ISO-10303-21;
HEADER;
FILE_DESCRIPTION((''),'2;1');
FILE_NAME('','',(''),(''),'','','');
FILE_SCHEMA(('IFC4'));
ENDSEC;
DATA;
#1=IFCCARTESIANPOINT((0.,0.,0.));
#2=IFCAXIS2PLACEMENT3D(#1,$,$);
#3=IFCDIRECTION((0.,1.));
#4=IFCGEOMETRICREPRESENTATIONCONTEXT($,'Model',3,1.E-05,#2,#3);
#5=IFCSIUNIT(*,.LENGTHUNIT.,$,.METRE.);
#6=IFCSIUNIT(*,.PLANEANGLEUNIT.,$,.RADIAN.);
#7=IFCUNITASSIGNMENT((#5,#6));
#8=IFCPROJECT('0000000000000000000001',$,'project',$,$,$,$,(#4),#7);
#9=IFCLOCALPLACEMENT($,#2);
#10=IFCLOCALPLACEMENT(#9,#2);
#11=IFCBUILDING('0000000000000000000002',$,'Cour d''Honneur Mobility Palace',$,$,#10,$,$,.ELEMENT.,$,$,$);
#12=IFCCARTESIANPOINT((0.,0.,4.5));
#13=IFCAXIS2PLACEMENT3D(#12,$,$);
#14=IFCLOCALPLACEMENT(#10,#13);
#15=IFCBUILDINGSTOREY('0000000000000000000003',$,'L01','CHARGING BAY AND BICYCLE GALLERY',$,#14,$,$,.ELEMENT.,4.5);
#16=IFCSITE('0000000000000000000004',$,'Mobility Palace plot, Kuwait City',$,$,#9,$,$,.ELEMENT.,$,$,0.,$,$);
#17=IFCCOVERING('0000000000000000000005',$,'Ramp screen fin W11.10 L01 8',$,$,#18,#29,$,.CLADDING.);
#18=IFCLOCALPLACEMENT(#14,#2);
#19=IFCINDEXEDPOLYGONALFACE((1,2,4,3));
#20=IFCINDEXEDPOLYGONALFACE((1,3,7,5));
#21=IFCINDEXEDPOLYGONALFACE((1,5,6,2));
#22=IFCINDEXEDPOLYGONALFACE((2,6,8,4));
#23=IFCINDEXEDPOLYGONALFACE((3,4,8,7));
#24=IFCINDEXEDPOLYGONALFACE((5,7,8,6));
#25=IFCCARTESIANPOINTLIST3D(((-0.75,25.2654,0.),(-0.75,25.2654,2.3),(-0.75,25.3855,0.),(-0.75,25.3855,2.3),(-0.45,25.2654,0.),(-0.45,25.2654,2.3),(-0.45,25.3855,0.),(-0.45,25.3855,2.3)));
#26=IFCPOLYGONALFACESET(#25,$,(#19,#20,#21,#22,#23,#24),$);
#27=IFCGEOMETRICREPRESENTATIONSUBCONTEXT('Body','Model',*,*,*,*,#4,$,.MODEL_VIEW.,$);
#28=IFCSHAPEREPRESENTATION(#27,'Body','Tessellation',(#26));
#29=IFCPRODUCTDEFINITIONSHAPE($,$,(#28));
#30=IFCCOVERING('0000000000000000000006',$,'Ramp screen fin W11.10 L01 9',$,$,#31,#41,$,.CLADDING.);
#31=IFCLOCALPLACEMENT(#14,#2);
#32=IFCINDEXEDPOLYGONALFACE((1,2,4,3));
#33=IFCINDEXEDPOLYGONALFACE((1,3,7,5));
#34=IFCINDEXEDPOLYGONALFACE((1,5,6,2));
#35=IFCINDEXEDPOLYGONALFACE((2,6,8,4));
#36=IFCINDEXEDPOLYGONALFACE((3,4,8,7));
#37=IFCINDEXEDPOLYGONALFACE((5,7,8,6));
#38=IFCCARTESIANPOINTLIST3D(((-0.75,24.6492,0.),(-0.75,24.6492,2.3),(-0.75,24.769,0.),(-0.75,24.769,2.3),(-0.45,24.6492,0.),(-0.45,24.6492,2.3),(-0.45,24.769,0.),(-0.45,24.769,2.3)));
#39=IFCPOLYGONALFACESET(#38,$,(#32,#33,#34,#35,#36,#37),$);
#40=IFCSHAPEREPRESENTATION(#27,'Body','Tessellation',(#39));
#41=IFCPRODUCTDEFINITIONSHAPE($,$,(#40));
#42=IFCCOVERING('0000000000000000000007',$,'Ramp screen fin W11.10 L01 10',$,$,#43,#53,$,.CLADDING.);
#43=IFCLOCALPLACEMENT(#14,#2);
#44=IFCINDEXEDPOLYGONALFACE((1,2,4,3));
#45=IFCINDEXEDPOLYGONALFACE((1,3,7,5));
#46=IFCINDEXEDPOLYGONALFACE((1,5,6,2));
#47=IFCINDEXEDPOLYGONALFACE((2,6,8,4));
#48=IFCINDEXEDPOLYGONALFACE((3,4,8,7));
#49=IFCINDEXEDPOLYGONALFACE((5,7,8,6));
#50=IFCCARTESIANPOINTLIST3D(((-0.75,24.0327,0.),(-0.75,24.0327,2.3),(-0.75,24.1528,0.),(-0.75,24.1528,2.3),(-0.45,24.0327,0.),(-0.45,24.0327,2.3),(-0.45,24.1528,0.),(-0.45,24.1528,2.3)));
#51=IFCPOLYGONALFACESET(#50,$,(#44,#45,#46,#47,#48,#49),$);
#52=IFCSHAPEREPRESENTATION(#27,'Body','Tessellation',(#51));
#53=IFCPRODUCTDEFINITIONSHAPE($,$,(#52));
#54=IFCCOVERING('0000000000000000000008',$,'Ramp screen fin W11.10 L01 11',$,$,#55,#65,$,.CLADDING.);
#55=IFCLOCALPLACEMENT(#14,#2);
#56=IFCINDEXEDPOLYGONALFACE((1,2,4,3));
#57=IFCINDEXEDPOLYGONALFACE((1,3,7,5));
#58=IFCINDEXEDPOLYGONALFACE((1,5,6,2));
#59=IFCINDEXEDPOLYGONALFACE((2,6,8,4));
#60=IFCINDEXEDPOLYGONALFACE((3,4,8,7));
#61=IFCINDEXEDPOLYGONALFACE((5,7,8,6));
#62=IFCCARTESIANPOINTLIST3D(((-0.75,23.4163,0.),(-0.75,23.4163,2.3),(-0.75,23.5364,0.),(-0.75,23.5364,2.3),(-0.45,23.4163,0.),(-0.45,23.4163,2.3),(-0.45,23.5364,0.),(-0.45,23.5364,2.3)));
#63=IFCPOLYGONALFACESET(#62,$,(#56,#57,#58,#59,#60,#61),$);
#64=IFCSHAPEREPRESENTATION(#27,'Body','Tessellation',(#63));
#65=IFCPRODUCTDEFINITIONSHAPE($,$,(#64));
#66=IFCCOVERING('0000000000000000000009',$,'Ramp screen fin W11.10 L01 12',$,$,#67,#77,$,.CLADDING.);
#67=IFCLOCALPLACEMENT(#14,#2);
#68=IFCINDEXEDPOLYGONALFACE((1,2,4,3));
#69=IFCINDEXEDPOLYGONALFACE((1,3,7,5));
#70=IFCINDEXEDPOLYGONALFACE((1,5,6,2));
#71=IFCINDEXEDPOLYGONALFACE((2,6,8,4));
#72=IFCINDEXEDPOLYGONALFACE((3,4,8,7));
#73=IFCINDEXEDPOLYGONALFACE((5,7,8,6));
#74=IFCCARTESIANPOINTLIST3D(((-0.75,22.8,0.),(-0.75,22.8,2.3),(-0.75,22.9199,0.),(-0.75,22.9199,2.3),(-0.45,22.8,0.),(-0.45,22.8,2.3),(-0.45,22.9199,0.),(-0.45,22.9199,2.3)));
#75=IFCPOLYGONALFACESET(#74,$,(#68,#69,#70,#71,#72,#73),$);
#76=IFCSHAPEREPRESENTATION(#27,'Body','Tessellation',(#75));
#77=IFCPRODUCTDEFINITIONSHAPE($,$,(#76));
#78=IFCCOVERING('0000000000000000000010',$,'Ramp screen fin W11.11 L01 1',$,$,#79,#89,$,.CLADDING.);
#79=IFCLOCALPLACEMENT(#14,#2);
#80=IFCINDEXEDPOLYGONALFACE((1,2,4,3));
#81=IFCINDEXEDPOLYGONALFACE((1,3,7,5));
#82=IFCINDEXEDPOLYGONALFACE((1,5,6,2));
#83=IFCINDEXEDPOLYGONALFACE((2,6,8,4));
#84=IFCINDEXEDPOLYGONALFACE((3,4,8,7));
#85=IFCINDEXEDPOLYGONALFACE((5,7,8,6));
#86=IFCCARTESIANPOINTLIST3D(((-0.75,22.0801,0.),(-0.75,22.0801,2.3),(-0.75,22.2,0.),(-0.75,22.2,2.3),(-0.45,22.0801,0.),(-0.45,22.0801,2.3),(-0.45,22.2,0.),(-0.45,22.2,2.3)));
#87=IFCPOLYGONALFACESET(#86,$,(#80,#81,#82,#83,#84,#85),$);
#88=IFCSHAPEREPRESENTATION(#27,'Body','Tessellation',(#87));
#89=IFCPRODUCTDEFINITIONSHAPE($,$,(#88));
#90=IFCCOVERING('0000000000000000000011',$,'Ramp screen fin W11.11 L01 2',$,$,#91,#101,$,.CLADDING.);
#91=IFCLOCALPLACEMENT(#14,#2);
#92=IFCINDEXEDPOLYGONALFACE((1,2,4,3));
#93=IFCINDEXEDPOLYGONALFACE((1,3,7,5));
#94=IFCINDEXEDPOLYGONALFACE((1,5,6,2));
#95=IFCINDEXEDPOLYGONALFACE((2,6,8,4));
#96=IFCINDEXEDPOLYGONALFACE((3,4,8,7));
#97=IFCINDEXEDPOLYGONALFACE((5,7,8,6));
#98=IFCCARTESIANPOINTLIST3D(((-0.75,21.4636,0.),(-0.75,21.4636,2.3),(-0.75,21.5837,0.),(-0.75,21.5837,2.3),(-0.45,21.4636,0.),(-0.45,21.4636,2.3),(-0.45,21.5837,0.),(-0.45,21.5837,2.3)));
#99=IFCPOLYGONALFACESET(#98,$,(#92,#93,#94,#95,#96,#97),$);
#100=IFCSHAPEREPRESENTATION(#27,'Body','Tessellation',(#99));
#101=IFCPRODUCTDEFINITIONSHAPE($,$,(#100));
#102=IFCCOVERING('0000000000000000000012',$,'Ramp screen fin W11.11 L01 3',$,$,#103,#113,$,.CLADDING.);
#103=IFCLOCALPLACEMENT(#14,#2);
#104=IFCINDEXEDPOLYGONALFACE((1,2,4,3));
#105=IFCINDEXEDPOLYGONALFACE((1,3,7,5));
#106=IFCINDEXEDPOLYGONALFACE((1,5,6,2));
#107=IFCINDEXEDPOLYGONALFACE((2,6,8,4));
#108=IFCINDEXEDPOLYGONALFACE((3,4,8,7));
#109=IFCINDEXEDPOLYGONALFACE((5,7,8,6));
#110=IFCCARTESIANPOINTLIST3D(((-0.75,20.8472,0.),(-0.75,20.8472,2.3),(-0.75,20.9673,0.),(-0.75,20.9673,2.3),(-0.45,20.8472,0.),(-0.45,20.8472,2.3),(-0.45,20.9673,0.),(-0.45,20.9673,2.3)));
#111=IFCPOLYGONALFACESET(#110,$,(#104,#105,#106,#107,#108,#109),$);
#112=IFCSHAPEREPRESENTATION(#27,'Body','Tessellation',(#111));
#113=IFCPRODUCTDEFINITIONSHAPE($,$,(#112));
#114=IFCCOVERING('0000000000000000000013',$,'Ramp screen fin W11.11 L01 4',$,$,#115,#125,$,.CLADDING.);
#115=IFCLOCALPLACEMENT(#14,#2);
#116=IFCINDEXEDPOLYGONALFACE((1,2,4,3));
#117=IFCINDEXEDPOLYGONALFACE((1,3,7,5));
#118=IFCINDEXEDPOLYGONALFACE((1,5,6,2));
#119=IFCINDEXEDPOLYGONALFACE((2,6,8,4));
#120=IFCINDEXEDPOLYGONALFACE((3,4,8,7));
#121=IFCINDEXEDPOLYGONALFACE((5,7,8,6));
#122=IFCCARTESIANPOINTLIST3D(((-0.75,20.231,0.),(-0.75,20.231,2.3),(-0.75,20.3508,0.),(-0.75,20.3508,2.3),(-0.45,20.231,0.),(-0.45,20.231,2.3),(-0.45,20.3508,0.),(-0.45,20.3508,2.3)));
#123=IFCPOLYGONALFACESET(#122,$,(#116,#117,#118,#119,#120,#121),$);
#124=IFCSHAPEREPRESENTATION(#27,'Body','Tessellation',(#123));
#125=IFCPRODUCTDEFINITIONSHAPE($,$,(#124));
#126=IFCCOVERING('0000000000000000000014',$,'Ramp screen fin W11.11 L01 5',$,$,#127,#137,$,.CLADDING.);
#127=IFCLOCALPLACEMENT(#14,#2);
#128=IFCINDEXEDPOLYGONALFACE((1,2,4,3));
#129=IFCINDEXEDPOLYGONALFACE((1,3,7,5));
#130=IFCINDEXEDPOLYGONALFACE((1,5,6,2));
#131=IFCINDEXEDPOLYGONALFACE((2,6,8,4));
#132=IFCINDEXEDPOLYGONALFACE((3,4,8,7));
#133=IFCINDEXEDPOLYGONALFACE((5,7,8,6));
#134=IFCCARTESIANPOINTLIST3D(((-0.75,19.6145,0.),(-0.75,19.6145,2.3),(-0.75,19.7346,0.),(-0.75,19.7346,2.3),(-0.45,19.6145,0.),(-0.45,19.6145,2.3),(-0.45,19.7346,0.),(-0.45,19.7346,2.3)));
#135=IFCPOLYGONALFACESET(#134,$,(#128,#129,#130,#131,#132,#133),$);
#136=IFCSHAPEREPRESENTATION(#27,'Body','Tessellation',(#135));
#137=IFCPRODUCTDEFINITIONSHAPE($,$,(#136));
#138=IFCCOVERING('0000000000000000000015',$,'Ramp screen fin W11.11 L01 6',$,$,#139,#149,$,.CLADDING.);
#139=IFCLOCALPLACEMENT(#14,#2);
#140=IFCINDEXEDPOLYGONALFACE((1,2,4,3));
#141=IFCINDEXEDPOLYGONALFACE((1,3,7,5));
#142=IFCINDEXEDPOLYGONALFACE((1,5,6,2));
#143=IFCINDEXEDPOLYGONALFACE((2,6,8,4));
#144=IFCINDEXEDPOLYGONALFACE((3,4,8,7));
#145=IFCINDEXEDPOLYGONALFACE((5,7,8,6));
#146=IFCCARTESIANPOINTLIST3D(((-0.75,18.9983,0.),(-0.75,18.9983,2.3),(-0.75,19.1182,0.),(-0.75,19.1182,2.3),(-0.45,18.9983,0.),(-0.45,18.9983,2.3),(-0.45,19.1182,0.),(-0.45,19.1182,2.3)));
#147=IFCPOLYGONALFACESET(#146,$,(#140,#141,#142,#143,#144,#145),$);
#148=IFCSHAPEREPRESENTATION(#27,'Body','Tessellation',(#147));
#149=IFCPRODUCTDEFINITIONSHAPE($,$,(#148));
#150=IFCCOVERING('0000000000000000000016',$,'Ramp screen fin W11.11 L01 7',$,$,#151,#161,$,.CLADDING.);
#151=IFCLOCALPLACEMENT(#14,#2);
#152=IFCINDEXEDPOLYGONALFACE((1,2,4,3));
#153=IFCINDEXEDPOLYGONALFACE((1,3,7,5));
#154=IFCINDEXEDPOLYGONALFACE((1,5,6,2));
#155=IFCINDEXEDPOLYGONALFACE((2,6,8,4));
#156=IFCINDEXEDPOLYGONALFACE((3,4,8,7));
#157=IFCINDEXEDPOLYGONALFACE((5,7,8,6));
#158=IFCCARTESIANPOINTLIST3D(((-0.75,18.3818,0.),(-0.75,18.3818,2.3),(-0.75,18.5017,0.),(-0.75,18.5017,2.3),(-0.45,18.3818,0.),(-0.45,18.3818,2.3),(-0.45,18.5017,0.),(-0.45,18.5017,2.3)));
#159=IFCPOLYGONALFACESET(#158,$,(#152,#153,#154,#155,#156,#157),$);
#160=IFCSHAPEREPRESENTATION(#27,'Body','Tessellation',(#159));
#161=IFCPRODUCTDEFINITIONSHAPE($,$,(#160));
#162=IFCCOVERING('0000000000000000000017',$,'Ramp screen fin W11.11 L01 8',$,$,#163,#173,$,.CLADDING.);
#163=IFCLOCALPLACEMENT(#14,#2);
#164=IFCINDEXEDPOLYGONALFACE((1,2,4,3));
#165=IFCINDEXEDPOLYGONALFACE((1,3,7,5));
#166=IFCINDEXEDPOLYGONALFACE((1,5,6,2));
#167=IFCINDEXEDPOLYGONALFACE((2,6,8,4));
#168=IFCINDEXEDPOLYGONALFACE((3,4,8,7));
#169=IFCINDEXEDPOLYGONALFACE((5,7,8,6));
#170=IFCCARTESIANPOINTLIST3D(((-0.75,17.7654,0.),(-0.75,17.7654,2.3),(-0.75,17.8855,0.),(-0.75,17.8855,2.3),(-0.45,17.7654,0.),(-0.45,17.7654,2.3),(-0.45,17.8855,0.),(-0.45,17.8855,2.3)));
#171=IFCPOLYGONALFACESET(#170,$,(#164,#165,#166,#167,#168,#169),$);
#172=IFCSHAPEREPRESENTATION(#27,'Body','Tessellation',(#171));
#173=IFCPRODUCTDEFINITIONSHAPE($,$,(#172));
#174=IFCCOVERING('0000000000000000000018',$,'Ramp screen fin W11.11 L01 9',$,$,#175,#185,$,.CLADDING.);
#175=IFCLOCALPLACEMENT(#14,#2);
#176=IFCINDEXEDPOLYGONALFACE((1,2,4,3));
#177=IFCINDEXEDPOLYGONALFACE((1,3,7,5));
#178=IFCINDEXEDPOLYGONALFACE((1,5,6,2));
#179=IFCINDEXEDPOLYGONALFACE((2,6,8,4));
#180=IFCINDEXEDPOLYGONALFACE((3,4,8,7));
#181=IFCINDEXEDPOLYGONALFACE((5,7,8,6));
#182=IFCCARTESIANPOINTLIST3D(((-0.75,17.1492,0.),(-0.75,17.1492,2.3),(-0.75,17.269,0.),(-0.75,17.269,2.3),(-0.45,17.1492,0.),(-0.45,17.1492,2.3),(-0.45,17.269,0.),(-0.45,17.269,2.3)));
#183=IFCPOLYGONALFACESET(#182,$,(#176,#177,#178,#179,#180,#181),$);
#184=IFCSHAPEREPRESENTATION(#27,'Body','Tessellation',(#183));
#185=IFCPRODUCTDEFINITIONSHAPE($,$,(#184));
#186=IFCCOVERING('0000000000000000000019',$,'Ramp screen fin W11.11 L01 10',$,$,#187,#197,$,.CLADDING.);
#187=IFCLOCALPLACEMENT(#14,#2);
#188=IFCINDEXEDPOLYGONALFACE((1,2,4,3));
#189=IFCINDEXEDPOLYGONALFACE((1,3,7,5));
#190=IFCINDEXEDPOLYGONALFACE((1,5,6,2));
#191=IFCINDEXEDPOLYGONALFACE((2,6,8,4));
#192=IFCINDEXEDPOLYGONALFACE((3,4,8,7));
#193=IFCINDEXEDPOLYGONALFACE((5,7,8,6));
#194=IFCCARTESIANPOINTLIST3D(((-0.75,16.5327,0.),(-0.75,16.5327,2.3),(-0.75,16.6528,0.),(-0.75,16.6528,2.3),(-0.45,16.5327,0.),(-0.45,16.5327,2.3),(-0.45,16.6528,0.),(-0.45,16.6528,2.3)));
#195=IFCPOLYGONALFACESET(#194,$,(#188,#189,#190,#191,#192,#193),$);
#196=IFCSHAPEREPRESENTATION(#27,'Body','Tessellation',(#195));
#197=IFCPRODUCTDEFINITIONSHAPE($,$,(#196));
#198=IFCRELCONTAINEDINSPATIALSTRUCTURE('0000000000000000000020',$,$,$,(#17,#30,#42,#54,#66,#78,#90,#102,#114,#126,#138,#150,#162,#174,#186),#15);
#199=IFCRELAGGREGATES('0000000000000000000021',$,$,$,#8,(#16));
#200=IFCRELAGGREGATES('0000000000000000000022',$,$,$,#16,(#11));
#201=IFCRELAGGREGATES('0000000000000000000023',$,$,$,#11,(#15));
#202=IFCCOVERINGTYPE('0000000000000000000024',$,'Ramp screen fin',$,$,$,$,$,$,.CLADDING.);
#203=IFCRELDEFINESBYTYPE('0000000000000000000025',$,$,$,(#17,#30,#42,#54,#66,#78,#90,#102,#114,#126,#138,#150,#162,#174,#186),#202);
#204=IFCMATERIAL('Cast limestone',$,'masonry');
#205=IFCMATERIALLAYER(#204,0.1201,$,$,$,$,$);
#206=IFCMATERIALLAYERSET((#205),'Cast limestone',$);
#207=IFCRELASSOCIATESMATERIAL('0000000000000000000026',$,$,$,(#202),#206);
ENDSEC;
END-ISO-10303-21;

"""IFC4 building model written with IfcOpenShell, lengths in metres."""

from ifc_helpers import new_model, si_unit, direction, frame, origin, place, context, subcontext, project, spatial, polyline, outline, extrude, material, layer, layer_set, type_object, element, save


model = new_model("IFC4")

# Units and contexts
model_context = context("Model", 3, precision=1e-05, world=origin(), true_north=direction((0.0, 1.0)))
body_context = subcontext(model_context, "Body", "Model", "MODEL_VIEW")
ifc_project = project(units=[si_unit("LENGTHUNIT", "METRE"), si_unit("PLANEANGLEUNIT", "RADIAN")], contexts=[model_context])

# Site, building, storey
site_placement = place(None, origin())
site = spatial("IfcSite", under=ifc_project, at=site_placement, Name="Mobility Palace plot, Kuwait City", CompositionType="ELEMENT", RefElevation=0.0)
building_placement = place(site_placement, origin())
building = spatial("IfcBuilding", under=site, at=building_placement, Name="Cour d'Honneur Mobility Palace", CompositionType="ELEMENT")
storey_placement = place(building_placement, frame((0.0, 0.0, 4.5)))
storey = spatial("IfcBuildingStorey", under=building, at=storey_placement, Name="L01", Description="CHARGING BAY AND BICYCLE GALLERY", CompositionType="ELEMENT", Elevation=4.5)

# Coverings
ifc_material = material(Name="Cast limestone", Category="masonry")
ifc_layer = layer(ifc_material, 0.1201)
ifc_layer_set = layer_set([ifc_layer], Name="Cast limestone")
covering_type = type_object("IfcCoveringType", Name="Ramp screen fin", PredefinedType="CLADDING", material=ifc_layer_set)
covering_1_placement = place(storey_placement, origin())
element("IfcCovering", 1, at=covering_1_placement, inside=storey, type_object=covering_type, Name="Ramp screen fin W11.10 L01 8", PredefinedType="CLADDING", context=body_context, shape_type="SweptSolid", body=[
    extrude(outline(polyline([(-0.45, 25.3855), (-0.45, 25.2654), (-0.75, 25.2654), (-0.75, 25.3855), (-0.45, 25.3855)])), origin(), (0.0, 0.0, 1.0), 2.3),
])
covering_2_placement = place(storey_placement, origin())
element("IfcCovering", 2, at=covering_2_placement, inside=storey, type_object=covering_type, Name="Ramp screen fin W11.10 L01 9", PredefinedType="CLADDING", context=body_context, shape_type="SweptSolid", body=[
    extrude(outline(polyline([(-0.45, 24.769), (-0.45, 24.6492), (-0.75, 24.6492), (-0.75, 24.769), (-0.45, 24.769)])), origin(), (0.0, 0.0, 1.0), 2.3),
])
covering_3_placement = place(storey_placement, origin())
element("IfcCovering", 3, at=covering_3_placement, inside=storey, type_object=covering_type, Name="Ramp screen fin W11.10 L01 10", PredefinedType="CLADDING", context=body_context, shape_type="SweptSolid", body=[
    extrude(outline(polyline([(-0.45, 24.1528), (-0.45, 24.0327), (-0.75, 24.0327), (-0.75, 24.1528), (-0.45, 24.1528)])), origin(), (0.0, 0.0, 1.0), 2.3),
])
covering_4_placement = place(storey_placement, origin())
element("IfcCovering", 4, at=covering_4_placement, inside=storey, type_object=covering_type, Name="Ramp screen fin W11.10 L01 11", PredefinedType="CLADDING", context=body_context, shape_type="SweptSolid", body=[
    extrude(outline(polyline([(-0.45, 23.5364), (-0.45, 23.4163), (-0.75, 23.4163), (-0.75, 23.5364), (-0.45, 23.5364)])), origin(), (0.0, 0.0, 1.0), 2.3),
])
covering_5_placement = place(storey_placement, origin())
element("IfcCovering", 5, at=covering_5_placement, inside=storey, type_object=covering_type, Name="Ramp screen fin W11.10 L01 12", PredefinedType="CLADDING", context=body_context, shape_type="SweptSolid", body=[
    extrude(outline(polyline([(-0.45, 22.9199), (-0.45, 22.8), (-0.75, 22.8), (-0.75, 22.9199), (-0.45, 22.9199)])), origin(), (0.0, 0.0, 1.0), 2.3),
])
covering_6_placement = place(storey_placement, origin())
element("IfcCovering", 6, at=covering_6_placement, inside=storey, type_object=covering_type, Name="Ramp screen fin W11.11 L01 1", PredefinedType="CLADDING", context=body_context, shape_type="SweptSolid", body=[
    extrude(outline(polyline([(-0.45, 22.2), (-0.45, 22.0801), (-0.75, 22.0801), (-0.75, 22.2), (-0.45, 22.2)])), origin(), (0.0, 0.0, 1.0), 2.3),
])
covering_7_placement = place(storey_placement, origin())
element("IfcCovering", 7, at=covering_7_placement, inside=storey, type_object=covering_type, Name="Ramp screen fin W11.11 L01 2", PredefinedType="CLADDING", context=body_context, shape_type="SweptSolid", body=[
    extrude(outline(polyline([(-0.45, 21.5837), (-0.45, 21.4636), (-0.75, 21.4636), (-0.75, 21.5837), (-0.45, 21.5837)])), origin(), (0.0, 0.0, 1.0), 2.3),
])
covering_8_placement = place(storey_placement, origin())
element("IfcCovering", 8, at=covering_8_placement, inside=storey, type_object=covering_type, Name="Ramp screen fin W11.11 L01 3", PredefinedType="CLADDING", context=body_context, shape_type="SweptSolid", body=[
    extrude(outline(polyline([(-0.45, 20.9673), (-0.45, 20.8472), (-0.75, 20.8472), (-0.75, 20.9673), (-0.45, 20.9673)])), origin(), (0.0, 0.0, 1.0), 2.3),
])
covering_9_placement = place(storey_placement, origin())
element("IfcCovering", 9, at=covering_9_placement, inside=storey, type_object=covering_type, Name="Ramp screen fin W11.11 L01 4", PredefinedType="CLADDING", context=body_context, shape_type="SweptSolid", body=[
    extrude(outline(polyline([(-0.45, 20.3508), (-0.45, 20.231), (-0.75, 20.231), (-0.75, 20.3508), (-0.45, 20.3508)])), origin(), (0.0, 0.0, 1.0), 2.3),
])
covering_10_placement = place(storey_placement, origin())
element("IfcCovering", 10, at=covering_10_placement, inside=storey, type_object=covering_type, Name="Ramp screen fin W11.11 L01 5", PredefinedType="CLADDING", context=body_context, shape_type="SweptSolid", body=[
    extrude(outline(polyline([(-0.45, 19.7346), (-0.45, 19.6145), (-0.75, 19.6145), (-0.75, 19.7346), (-0.45, 19.7346)])), origin(), (0.0, 0.0, 1.0), 2.3),
])
covering_11_placement = place(storey_placement, origin())
element("IfcCovering", 11, at=covering_11_placement, inside=storey, type_object=covering_type, Name="Ramp screen fin W11.11 L01 6", PredefinedType="CLADDING", context=body_context, shape_type="SweptSolid", body=[
    extrude(outline(polyline([(-0.45, 19.1182), (-0.45, 18.9983), (-0.75, 18.9983), (-0.75, 19.1182), (-0.45, 19.1182)])), origin(), (0.0, 0.0, 1.0), 2.3),
])
covering_12_placement = place(storey_placement, origin())
element("IfcCovering", 12, at=covering_12_placement, inside=storey, type_object=covering_type, Name="Ramp screen fin W11.11 L01 7", PredefinedType="CLADDING", context=body_context, shape_type="SweptSolid", body=[
    extrude(outline(polyline([(-0.45, 18.5017), (-0.45, 18.3818), (-0.75, 18.3818), (-0.75, 18.5017), (-0.45, 18.5017)])), origin(), (0.0, 0.0, 1.0), 2.3),
])
covering_13_placement = place(storey_placement, origin())
element("IfcCovering", 13, at=covering_13_placement, inside=storey, type_object=covering_type, Name="Ramp screen fin W11.11 L01 8", PredefinedType="CLADDING", context=body_context, shape_type="SweptSolid", body=[
    extrude(outline(polyline([(-0.45, 17.8855), (-0.45, 17.7654), (-0.75, 17.7654), (-0.75, 17.8855), (-0.45, 17.8855)])), origin(), (0.0, 0.0, 1.0), 2.3),
])
covering_14_placement = place(storey_placement, origin())
element("IfcCovering", 14, at=covering_14_placement, inside=storey, type_object=covering_type, Name="Ramp screen fin W11.11 L01 9", PredefinedType="CLADDING", context=body_context, shape_type="SweptSolid", body=[
    extrude(outline(polyline([(-0.45, 17.269), (-0.45, 17.1492), (-0.75, 17.1492), (-0.75, 17.269), (-0.45, 17.269)])), origin(), (0.0, 0.0, 1.0), 2.3),
])
covering_15_placement = place(storey_placement, origin())
element("IfcCovering", 15, at=covering_15_placement, inside=storey, type_object=covering_type, Name="Ramp screen fin W11.11 L01 10", PredefinedType="CLADDING", context=body_context, shape_type="SweptSolid", body=[
    extrude(outline(polyline([(-0.45, 16.6528), (-0.45, 16.5327), (-0.75, 16.5327), (-0.75, 16.6528), (-0.45, 16.6528)])), origin(), (0.0, 0.0, 1.0), 2.3),
])

save(model, "model.ifc")
